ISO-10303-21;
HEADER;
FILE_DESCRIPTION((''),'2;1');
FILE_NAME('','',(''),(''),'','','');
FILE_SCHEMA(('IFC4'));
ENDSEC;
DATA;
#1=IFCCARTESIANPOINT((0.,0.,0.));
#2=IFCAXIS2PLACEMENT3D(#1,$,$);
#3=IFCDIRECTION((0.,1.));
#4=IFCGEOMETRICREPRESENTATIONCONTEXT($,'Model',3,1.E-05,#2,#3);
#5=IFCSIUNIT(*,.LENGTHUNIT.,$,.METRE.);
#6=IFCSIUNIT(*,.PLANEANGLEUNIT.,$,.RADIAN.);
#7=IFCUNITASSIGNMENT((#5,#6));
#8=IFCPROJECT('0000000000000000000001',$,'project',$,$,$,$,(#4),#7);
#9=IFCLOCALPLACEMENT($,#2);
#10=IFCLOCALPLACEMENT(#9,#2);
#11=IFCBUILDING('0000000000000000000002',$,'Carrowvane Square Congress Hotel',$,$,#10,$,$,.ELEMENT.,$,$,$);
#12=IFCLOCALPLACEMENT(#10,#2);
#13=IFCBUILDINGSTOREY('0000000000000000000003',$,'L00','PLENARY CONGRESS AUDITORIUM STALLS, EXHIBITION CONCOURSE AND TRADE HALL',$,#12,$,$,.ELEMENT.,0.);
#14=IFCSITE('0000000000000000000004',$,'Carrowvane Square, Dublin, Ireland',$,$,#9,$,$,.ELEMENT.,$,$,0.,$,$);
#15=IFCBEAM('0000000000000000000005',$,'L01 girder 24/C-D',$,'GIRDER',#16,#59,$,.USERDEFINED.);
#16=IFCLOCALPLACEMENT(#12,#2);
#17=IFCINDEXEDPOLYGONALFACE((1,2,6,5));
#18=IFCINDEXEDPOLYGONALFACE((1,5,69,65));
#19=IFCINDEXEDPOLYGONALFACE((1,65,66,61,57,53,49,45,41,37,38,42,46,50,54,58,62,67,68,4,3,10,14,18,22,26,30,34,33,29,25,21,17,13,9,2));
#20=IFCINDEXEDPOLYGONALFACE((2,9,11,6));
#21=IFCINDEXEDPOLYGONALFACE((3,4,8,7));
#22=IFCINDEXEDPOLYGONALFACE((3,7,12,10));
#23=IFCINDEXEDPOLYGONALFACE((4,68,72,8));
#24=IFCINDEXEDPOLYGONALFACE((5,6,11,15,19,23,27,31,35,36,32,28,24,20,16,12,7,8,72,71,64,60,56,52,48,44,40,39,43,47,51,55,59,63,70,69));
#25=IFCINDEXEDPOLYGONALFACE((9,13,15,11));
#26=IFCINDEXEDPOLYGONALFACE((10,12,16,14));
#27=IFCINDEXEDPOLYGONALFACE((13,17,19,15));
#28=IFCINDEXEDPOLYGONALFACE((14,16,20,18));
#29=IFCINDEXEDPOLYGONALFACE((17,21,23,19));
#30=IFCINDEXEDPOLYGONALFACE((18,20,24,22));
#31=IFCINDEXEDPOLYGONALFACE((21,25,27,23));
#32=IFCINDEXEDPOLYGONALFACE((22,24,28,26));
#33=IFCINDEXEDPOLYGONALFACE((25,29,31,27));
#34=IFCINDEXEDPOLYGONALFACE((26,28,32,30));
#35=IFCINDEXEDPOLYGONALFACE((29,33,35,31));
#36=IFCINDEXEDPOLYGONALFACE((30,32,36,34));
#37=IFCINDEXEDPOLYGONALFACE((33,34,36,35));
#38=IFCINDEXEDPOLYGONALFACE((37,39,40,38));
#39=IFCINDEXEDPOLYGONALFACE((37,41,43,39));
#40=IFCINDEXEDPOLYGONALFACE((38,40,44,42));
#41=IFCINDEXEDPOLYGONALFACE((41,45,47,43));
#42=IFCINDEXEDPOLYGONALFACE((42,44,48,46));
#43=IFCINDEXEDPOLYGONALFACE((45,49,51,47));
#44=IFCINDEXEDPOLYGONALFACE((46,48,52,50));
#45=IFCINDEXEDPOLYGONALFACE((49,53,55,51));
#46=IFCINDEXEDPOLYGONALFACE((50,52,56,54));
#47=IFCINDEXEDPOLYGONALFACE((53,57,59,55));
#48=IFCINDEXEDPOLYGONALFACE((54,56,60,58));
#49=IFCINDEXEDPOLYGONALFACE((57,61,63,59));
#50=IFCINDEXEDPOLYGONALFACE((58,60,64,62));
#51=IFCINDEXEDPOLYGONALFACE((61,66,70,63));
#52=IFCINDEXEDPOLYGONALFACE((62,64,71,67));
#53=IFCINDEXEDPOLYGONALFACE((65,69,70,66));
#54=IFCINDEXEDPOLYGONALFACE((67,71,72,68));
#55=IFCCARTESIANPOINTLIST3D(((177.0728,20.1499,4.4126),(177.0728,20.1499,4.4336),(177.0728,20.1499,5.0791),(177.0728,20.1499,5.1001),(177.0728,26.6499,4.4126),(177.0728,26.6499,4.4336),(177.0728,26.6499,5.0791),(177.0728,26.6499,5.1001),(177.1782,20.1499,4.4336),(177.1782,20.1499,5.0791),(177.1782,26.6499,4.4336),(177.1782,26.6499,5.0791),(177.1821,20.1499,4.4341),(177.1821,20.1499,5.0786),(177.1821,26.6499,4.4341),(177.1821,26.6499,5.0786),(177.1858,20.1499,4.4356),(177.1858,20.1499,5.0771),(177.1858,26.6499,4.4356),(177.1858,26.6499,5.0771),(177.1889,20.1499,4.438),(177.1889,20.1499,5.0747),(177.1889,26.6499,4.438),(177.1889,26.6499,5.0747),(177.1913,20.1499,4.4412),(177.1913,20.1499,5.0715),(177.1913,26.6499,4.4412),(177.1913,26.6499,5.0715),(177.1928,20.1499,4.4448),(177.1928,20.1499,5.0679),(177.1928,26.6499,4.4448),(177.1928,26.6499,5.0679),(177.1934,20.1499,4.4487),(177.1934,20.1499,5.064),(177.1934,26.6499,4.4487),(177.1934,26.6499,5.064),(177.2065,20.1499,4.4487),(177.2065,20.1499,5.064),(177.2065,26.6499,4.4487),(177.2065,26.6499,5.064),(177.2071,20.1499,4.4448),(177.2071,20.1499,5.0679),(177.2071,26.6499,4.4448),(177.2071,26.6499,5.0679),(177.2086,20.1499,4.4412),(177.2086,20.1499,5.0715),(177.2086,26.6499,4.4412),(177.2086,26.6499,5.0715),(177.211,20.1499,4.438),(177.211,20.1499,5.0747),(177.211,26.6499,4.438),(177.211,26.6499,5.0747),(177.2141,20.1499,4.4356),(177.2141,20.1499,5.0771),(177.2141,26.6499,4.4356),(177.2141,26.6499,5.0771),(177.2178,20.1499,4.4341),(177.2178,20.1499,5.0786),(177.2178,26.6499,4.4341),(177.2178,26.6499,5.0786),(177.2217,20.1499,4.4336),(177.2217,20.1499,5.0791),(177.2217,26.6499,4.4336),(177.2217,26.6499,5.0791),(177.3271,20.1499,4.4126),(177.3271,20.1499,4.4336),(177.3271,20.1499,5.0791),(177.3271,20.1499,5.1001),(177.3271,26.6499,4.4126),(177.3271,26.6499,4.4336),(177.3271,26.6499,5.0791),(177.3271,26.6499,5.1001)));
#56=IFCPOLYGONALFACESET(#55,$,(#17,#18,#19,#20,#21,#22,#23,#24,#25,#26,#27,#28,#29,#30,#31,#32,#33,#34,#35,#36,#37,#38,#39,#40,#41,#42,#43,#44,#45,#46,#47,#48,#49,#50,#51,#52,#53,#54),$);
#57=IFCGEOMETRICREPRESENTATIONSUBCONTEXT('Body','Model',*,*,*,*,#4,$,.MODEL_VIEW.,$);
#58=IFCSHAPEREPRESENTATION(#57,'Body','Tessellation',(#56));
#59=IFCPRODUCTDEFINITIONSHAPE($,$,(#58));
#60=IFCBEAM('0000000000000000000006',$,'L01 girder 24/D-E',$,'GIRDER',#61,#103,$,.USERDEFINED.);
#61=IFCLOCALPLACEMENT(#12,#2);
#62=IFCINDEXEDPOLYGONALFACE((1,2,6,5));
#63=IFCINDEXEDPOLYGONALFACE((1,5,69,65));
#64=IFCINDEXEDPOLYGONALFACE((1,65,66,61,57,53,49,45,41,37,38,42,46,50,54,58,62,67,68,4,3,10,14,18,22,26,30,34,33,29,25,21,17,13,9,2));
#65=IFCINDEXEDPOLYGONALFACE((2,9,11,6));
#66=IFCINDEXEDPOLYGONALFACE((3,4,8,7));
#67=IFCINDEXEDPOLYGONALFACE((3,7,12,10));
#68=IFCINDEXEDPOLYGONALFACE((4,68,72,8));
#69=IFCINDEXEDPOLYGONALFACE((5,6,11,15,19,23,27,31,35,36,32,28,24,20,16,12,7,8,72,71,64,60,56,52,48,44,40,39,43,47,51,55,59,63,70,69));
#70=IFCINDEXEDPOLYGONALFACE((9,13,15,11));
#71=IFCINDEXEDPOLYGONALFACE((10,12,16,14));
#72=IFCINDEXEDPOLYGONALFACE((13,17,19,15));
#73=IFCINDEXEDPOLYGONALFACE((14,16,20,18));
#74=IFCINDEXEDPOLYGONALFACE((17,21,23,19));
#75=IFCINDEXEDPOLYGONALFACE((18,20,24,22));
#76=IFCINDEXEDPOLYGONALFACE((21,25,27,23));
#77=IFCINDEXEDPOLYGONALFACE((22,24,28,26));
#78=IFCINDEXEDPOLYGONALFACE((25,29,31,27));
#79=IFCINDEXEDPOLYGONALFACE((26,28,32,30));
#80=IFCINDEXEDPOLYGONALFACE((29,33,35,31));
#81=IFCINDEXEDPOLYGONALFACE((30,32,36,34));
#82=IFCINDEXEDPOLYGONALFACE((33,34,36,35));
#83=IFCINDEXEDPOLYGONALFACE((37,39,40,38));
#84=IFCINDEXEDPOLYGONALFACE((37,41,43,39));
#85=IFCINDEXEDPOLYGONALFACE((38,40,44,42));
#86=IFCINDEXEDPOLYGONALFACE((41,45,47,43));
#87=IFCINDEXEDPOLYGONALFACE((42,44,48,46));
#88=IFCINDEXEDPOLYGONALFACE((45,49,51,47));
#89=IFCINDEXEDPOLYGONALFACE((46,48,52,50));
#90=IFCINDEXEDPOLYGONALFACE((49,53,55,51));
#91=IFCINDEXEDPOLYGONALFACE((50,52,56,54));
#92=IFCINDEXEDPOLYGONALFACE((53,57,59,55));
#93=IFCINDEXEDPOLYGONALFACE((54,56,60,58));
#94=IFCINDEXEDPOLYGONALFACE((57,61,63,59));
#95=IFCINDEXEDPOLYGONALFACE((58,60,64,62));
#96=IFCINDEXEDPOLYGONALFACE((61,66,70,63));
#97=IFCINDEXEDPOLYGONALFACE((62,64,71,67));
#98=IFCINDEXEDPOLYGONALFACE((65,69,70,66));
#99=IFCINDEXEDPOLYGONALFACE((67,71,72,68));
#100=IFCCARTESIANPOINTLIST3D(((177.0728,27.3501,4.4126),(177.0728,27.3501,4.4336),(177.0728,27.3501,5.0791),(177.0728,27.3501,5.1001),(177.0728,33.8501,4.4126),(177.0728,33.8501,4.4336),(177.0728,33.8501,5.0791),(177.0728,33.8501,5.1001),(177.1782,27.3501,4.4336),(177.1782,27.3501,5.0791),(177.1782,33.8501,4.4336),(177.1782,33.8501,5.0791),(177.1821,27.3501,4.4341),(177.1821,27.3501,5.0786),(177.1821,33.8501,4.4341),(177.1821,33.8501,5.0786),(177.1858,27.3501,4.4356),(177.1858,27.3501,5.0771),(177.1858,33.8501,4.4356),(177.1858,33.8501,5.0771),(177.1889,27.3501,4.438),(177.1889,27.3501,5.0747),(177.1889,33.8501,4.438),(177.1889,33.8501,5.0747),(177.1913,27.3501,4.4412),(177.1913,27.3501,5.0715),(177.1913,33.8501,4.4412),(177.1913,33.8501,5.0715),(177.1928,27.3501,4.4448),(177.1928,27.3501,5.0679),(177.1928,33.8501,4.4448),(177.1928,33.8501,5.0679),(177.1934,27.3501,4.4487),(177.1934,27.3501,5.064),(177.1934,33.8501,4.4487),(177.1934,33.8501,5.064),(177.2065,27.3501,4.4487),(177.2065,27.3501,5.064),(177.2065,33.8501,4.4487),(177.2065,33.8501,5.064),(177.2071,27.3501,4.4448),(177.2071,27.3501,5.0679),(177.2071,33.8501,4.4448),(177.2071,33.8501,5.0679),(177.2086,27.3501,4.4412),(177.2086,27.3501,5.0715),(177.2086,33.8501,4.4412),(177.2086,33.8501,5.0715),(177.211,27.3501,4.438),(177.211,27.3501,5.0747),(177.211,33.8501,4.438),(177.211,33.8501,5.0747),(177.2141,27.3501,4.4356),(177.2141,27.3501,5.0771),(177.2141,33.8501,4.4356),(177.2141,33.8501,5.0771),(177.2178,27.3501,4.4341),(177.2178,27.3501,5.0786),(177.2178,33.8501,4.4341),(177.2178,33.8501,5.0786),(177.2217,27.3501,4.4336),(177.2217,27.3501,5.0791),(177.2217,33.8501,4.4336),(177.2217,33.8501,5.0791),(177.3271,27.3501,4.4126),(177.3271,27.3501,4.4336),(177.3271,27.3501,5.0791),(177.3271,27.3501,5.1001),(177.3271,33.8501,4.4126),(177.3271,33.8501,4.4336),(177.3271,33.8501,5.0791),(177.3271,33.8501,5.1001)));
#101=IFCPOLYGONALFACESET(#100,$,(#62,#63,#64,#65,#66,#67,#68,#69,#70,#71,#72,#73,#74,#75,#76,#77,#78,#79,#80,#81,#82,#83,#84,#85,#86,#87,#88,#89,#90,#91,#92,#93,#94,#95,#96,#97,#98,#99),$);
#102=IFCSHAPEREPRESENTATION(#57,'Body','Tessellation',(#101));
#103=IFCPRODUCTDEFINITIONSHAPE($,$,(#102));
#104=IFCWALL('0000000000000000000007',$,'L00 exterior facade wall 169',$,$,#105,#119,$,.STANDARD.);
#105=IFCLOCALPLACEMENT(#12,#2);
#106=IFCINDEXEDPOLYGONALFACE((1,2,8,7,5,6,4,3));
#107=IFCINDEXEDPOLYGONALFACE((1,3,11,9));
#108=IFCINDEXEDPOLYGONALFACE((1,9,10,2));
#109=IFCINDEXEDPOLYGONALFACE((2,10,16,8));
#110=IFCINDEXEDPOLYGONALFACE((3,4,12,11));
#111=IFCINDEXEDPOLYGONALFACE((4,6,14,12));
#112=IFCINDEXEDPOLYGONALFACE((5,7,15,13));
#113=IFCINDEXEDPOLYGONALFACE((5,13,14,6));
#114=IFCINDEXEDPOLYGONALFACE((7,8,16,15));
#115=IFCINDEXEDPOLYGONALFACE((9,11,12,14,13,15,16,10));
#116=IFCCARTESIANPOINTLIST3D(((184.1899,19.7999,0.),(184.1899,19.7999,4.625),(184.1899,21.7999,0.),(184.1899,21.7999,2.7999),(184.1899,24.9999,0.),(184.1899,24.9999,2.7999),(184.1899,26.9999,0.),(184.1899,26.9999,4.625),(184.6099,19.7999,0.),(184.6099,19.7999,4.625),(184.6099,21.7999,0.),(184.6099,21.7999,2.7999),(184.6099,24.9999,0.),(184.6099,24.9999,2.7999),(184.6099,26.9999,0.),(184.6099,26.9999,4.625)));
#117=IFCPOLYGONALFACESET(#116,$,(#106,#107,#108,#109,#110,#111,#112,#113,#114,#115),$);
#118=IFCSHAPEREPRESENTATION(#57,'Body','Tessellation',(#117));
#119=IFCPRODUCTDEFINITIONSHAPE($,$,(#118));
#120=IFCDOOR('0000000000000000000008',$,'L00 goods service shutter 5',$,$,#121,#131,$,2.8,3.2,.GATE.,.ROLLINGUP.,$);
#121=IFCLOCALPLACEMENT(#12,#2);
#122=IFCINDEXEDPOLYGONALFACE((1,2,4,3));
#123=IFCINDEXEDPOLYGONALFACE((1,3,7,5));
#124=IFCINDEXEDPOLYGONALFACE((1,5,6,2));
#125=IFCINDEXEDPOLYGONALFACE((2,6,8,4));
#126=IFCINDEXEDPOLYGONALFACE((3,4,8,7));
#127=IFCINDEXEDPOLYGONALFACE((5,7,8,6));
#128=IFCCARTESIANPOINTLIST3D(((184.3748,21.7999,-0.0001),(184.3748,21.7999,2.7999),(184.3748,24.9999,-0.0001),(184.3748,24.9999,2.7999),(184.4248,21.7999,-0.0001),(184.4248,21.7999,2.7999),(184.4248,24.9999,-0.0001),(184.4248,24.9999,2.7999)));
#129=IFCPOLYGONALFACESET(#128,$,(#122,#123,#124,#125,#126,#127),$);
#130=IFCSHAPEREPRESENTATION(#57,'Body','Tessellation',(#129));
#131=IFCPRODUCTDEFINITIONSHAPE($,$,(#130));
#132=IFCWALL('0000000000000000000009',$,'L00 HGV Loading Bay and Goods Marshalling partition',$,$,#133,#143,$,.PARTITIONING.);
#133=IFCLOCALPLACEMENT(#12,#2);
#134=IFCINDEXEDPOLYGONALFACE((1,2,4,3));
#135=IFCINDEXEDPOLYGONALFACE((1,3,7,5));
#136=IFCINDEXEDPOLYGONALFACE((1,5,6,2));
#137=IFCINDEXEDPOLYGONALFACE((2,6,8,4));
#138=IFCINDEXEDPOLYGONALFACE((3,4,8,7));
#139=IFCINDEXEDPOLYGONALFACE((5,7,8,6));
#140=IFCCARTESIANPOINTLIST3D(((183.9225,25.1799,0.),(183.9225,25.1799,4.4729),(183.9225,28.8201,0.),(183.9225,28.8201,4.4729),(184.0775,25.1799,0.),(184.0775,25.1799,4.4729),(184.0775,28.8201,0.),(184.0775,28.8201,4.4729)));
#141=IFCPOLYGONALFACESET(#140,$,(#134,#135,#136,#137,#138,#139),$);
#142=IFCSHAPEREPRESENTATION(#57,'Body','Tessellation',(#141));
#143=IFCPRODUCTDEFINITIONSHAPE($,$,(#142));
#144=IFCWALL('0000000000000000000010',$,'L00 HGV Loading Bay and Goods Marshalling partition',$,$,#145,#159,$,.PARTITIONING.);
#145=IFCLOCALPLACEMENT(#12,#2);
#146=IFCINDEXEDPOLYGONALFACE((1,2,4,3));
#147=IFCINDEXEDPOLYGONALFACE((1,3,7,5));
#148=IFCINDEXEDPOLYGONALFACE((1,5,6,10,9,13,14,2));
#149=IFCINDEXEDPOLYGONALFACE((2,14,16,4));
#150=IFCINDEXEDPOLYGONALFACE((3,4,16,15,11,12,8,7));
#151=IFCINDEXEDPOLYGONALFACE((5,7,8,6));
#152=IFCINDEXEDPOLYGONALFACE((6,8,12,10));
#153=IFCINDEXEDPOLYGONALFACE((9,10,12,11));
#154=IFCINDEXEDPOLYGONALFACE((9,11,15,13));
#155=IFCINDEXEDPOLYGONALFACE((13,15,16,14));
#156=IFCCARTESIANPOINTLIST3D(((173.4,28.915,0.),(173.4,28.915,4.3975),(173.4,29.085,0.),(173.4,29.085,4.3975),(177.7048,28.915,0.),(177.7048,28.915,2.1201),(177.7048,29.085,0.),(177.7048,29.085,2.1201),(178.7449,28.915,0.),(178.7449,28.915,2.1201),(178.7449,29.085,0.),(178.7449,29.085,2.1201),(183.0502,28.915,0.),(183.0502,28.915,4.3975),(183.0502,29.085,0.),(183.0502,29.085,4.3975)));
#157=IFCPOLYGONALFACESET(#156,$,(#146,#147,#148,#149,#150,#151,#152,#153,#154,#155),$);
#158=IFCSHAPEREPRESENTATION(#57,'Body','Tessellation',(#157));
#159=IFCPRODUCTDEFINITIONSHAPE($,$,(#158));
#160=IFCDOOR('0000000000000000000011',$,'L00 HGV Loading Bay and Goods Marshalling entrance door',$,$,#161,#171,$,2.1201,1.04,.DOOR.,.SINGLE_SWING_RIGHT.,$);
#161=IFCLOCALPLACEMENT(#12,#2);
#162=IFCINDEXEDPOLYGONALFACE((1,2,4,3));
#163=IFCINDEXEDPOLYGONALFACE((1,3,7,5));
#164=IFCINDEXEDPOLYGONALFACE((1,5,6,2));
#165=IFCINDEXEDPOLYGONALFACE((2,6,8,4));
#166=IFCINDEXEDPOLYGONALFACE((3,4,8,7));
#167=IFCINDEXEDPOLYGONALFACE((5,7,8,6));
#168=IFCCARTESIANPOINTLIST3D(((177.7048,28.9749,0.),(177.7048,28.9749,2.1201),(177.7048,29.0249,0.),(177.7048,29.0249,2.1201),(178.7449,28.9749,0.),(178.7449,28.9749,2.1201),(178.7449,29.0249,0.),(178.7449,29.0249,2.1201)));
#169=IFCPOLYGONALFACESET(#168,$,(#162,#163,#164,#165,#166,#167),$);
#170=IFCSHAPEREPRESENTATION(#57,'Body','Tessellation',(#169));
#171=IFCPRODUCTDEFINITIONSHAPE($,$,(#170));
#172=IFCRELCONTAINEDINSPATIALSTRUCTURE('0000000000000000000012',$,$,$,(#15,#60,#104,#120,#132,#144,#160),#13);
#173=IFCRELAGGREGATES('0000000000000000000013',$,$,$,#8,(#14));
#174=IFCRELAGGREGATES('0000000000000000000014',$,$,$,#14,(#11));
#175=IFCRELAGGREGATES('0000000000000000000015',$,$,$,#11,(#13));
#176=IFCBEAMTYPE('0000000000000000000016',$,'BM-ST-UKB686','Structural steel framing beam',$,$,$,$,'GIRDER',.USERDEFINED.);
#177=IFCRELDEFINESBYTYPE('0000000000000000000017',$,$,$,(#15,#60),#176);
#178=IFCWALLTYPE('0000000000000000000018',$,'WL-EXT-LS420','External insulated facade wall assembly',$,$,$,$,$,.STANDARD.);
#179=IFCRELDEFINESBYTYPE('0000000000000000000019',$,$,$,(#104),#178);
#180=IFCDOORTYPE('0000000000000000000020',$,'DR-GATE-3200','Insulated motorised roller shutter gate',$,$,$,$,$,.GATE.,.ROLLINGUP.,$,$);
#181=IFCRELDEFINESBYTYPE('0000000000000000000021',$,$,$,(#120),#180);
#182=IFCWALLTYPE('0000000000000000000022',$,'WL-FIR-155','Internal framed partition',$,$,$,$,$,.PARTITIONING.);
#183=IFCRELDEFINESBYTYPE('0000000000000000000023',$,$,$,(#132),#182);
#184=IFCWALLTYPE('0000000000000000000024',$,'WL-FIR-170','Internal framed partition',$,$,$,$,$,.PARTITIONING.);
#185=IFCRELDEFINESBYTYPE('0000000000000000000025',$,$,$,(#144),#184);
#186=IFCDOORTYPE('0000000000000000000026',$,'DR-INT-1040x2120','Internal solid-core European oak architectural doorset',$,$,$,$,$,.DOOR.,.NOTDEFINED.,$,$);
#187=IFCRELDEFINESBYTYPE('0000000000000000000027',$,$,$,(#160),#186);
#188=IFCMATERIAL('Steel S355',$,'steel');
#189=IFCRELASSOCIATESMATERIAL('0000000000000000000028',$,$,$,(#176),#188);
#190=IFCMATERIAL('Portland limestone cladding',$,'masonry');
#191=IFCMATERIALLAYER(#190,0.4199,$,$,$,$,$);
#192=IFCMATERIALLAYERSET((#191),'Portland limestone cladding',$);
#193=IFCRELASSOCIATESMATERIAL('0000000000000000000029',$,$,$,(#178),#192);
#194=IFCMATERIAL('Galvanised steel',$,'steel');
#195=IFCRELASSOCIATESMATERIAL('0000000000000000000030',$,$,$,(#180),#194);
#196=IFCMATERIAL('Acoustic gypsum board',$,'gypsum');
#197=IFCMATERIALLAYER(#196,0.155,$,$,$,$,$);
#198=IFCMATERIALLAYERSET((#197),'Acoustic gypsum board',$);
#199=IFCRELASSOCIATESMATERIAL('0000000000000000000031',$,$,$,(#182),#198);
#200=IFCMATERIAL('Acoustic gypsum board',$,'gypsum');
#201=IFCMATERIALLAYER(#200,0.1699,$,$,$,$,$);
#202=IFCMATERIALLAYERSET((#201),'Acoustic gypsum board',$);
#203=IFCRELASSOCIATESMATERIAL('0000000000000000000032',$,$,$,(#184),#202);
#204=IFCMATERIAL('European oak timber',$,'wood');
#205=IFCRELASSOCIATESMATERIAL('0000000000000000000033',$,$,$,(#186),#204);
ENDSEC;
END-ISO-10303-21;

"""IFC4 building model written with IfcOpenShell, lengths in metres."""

from ifc_helpers import new_model, si_unit, direction, frame, frame_2d, origin, origin_2d, place, context, subcontext, project, spatial, rectangle, i_section, extrude, material, layer, layer_set, material_profile, profile_set, type_object, element, fill, save


model = new_model("IFC4")

# Units and contexts
model_context = context("Model", 3, precision=1e-05, world=origin(), true_north=direction((0.0, 1.0)))
body_context = subcontext(model_context, "Body", "Model", "MODEL_VIEW")
ifc_project = project(units=[si_unit("LENGTHUNIT", "METRE"), si_unit("PLANEANGLEUNIT", "RADIAN")], contexts=[model_context])

# Site, building, storey
site_placement = place(None, origin())
site = spatial("IfcSite", under=ifc_project, at=site_placement, Name="Carrowvane Square, Dublin, Ireland", CompositionType="ELEMENT", RefElevation=0.0)
building_placement = place(site_placement, origin())
building = spatial("IfcBuilding", under=site, at=building_placement, Name="Carrowvane Square Congress Hotel", CompositionType="ELEMENT")
storey_placement = place(building_placement, origin())
storey = spatial("IfcBuildingStorey", under=building, at=storey_placement, Name="L00", Description="PLENARY CONGRESS AUDITORIUM STALLS, EXHIBITION CONCOURSE AND TRADE HALL", CompositionType="ELEMENT", Elevation=0.0)

# Beams
ifc_material_1 = material(Name="Steel S355", Category="steel")
ifc_material_profile_1 = material_profile(ifc_material_1, i_section(OverallWidth=0.2544, OverallDepth=0.6875, WebThickness=0.0132, FlangeThickness=0.021, FilletRadius=0.0151, at=origin_2d()), Name="UKB 686x254x152")
ifc_profile_set_1 = profile_set([ifc_material_profile_1], Name="Steel S355")
beam_type_1 = type_object("IfcBeamType", Name="BM-ST-UKB686", Description="Structural steel framing beam", ElementType="GIRDER", PredefinedType="USERDEFINED", material=ifc_profile_set_1)
for number, where, z_axis, x_axis, name in (
    (1, (177.2, 20.1499, 4.7563), (0.0, 1.0, 0.0), (-1.0, 0.0, 0.0), "L01 girder 24/C-D"),
    (2, (177.2, 27.3501, 4.7563), (0.0, 1.0, 0.0), (-1.0, 0.0, 0.0), "L01 girder 24/D-E"),
):
    element("IfcBeam", number, at=place(storey_placement, frame(where, z_axis=z_axis, x_axis=x_axis)), inside=storey, type_object=beam_type_1, Name=name, ObjectType="GIRDER", PredefinedType="USERDEFINED", context=body_context, shape_type="SweptSolid", body=[
        extrude(i_section(OverallWidth=0.2544, OverallDepth=0.6875, WebThickness=0.0132, FlangeThickness=0.021, FilletRadius=0.0151, at=origin_2d()), origin(), (0.0, 0.0, 1.0), 6.5),
    ])

# Wall, opening, door
ifc_material_2 = material(Name="Portland limestone cladding", Category="masonry")
ifc_layer_1 = layer(ifc_material_2, 0.4199)
ifc_layer_set_1 = layer_set([ifc_layer_1], Name="Portland limestone cladding")
wall_type_1 = type_object("IfcWallType", Name="WL-EXT-LS420", Description="External insulated facade wall assembly", PredefinedType="STANDARD", material=ifc_layer_set_1)
wall_1_placement = place(storey_placement, frame((184.3999, 27.0, 0.0), z_axis=(0.0, 0.0, 1.0), x_axis=(0.0, -1.0, 0.0)))
wall_1 = element("IfcWall", 3, at=wall_1_placement, inside=storey, type_object=wall_type_1, Name="L00 exterior facade wall 169", PredefinedType="STANDARD", context=body_context, shape_type="SweptSolid", body=[
    extrude(rectangle(XDim=7.2, YDim=0.4199, at=frame_2d((3.6001, 0.0))), origin(), (0.0, 0.0, 1.0), 4.625),
])
opening_1_placement = place(wall_1_placement, frame((2.0, 0.0, 0.0)))
opening_1 = element("IfcOpeningElement", 4, at=opening_1_placement, cuts=wall_1, PredefinedType="OPENING", context=body_context, shape_type="SweptSolid", body=[
    extrude(rectangle(XDim=3.2, YDim=2.8, at=frame_2d((1.6001, 1.3999))), frame((0.0, 0.22, 0.0), z_axis=(0.0, -1.0, 0.0), x_axis=(1.0, 0.0, 0.0)), (0.0, 0.0, 1.0), 0.4399),
])
ifc_material_3 = material(Name="Galvanised steel", Category="steel")
door_type_1 = type_object("IfcDoorType", Name="DR-GATE-3200", Description="Insulated motorised roller shutter gate", OperationType="ROLLINGUP", PredefinedType="GATE", material=ifc_material_3)
door_1_placement = place(opening_1_placement, origin())
door_1 = element("IfcDoor", 5, at=door_1_placement, inside=storey, type_object=door_type_1, Name="L00 goods service shutter 5", OperationType="ROLLINGUP", OverallHeight=2.8, OverallWidth=3.2, PredefinedType="GATE", context=body_context, shape_type="SweptSolid", body=[
    extrude(rectangle(XDim=3.2, YDim=2.8, at=frame_2d((1.6001, 1.3999))), frame((0.0, 0.0249, 0.0), z_axis=(0.0, -1.0, 0.0), x_axis=(1.0, 0.0, 0.0)), (0.0, 0.0, 1.0), 0.05),
])
fill(opening_1, door_1)

# Wall
ifc_material_4 = material(Name="Acoustic gypsum board", Category="gypsum")
ifc_layer_2 = layer(ifc_material_4, 0.155)
ifc_layer_set_2 = layer_set([ifc_layer_2], Name="Acoustic gypsum board")
wall_type_2 = type_object("IfcWallType", Name="WL-FIR-155", Description="Internal framed partition", PredefinedType="PARTITIONING", material=ifc_layer_set_2)
wall_2_placement = place(storey_placement, frame((184.0, 28.8201, 0.0), z_axis=(0.0, 0.0, 1.0), x_axis=(0.0, -1.0, 0.0)))
element("IfcWall", 6, at=wall_2_placement, inside=storey, type_object=wall_type_2, Name="L00 HGV Loading Bay and Goods Marshalling partition", PredefinedType="PARTITIONING", context=body_context, shape_type="SweptSolid", body=[
    extrude(rectangle(XDim=3.6401, YDim=0.155, at=frame_2d((1.8201, 0.0))), origin(), (0.0, 0.0, 1.0), 4.4729),
])

# Wall, opening, door
ifc_material_5 = material(Name="Acoustic gypsum board", Category="gypsum")
ifc_layer_3 = layer(ifc_material_5, 0.1699)
ifc_layer_set_3 = layer_set([ifc_layer_3], Name="Acoustic gypsum board")
wall_type_3 = type_object("IfcWallType", Name="WL-FIR-170", Description="Internal framed partition", PredefinedType="PARTITIONING", material=ifc_layer_set_3)
wall_3_placement = place(storey_placement, frame((173.3999, 29.0, 0.0), z_axis=(0.0, 0.0, 1.0), x_axis=(1.0, 0.0, 0.0)))
wall_3 = element("IfcWall", 7, at=wall_3_placement, inside=storey, type_object=wall_type_3, Name="L00 HGV Loading Bay and Goods Marshalling partition", PredefinedType="PARTITIONING", context=body_context, shape_type="SweptSolid", body=[
    extrude(rectangle(XDim=9.6501, YDim=0.1699, at=frame_2d((4.8252, 0.0))), origin(), (0.0, 0.0, 1.0), 4.3975),
])
opening_2_placement = place(wall_3_placement, frame((4.3049, 0.0, 0.0)))
opening_2 = element("IfcOpeningElement", 8, at=opening_2_placement, cuts=wall_3, PredefinedType="OPENING", context=body_context, shape_type="SweptSolid", body=[
    extrude(rectangle(XDim=1.04, YDim=2.1201, at=frame_2d((0.52, 1.0601))), frame((0.0, 0.095, 0.0), z_axis=(0.0, -1.0, 0.0), x_axis=(1.0, 0.0, 0.0)), (0.0, 0.0, 1.0), 0.1899),
])
ifc_material_6 = material(Name="European oak timber", Category="wood")
door_type_2 = type_object("IfcDoorType", Name="DR-INT-1040x2120", Description="Internal solid-core European oak architectural doorset", OperationType="NOTDEFINED", PredefinedType="DOOR", material=ifc_material_6)
door_2_placement = place(opening_2_placement, origin())
door_2 = element("IfcDoor", 9, at=door_2_placement, inside=storey, type_object=door_type_2, Name="L00 HGV Loading Bay and Goods Marshalling entrance door", OperationType="SINGLE_SWING_RIGHT", OverallHeight=2.1201, OverallWidth=1.04, PredefinedType="DOOR", context=body_context, shape_type="SweptSolid", body=[
    extrude(rectangle(XDim=1.04, YDim=2.1201, at=frame_2d((0.52, 1.0601))), frame((0.0, 0.0249, 0.0), z_axis=(0.0, -1.0, 0.0), x_axis=(1.0, 0.0, 0.0)), (0.0, 0.0, 1.0), 0.05),
])
fill(opening_2, door_2)

save(model, "model.ifc")
